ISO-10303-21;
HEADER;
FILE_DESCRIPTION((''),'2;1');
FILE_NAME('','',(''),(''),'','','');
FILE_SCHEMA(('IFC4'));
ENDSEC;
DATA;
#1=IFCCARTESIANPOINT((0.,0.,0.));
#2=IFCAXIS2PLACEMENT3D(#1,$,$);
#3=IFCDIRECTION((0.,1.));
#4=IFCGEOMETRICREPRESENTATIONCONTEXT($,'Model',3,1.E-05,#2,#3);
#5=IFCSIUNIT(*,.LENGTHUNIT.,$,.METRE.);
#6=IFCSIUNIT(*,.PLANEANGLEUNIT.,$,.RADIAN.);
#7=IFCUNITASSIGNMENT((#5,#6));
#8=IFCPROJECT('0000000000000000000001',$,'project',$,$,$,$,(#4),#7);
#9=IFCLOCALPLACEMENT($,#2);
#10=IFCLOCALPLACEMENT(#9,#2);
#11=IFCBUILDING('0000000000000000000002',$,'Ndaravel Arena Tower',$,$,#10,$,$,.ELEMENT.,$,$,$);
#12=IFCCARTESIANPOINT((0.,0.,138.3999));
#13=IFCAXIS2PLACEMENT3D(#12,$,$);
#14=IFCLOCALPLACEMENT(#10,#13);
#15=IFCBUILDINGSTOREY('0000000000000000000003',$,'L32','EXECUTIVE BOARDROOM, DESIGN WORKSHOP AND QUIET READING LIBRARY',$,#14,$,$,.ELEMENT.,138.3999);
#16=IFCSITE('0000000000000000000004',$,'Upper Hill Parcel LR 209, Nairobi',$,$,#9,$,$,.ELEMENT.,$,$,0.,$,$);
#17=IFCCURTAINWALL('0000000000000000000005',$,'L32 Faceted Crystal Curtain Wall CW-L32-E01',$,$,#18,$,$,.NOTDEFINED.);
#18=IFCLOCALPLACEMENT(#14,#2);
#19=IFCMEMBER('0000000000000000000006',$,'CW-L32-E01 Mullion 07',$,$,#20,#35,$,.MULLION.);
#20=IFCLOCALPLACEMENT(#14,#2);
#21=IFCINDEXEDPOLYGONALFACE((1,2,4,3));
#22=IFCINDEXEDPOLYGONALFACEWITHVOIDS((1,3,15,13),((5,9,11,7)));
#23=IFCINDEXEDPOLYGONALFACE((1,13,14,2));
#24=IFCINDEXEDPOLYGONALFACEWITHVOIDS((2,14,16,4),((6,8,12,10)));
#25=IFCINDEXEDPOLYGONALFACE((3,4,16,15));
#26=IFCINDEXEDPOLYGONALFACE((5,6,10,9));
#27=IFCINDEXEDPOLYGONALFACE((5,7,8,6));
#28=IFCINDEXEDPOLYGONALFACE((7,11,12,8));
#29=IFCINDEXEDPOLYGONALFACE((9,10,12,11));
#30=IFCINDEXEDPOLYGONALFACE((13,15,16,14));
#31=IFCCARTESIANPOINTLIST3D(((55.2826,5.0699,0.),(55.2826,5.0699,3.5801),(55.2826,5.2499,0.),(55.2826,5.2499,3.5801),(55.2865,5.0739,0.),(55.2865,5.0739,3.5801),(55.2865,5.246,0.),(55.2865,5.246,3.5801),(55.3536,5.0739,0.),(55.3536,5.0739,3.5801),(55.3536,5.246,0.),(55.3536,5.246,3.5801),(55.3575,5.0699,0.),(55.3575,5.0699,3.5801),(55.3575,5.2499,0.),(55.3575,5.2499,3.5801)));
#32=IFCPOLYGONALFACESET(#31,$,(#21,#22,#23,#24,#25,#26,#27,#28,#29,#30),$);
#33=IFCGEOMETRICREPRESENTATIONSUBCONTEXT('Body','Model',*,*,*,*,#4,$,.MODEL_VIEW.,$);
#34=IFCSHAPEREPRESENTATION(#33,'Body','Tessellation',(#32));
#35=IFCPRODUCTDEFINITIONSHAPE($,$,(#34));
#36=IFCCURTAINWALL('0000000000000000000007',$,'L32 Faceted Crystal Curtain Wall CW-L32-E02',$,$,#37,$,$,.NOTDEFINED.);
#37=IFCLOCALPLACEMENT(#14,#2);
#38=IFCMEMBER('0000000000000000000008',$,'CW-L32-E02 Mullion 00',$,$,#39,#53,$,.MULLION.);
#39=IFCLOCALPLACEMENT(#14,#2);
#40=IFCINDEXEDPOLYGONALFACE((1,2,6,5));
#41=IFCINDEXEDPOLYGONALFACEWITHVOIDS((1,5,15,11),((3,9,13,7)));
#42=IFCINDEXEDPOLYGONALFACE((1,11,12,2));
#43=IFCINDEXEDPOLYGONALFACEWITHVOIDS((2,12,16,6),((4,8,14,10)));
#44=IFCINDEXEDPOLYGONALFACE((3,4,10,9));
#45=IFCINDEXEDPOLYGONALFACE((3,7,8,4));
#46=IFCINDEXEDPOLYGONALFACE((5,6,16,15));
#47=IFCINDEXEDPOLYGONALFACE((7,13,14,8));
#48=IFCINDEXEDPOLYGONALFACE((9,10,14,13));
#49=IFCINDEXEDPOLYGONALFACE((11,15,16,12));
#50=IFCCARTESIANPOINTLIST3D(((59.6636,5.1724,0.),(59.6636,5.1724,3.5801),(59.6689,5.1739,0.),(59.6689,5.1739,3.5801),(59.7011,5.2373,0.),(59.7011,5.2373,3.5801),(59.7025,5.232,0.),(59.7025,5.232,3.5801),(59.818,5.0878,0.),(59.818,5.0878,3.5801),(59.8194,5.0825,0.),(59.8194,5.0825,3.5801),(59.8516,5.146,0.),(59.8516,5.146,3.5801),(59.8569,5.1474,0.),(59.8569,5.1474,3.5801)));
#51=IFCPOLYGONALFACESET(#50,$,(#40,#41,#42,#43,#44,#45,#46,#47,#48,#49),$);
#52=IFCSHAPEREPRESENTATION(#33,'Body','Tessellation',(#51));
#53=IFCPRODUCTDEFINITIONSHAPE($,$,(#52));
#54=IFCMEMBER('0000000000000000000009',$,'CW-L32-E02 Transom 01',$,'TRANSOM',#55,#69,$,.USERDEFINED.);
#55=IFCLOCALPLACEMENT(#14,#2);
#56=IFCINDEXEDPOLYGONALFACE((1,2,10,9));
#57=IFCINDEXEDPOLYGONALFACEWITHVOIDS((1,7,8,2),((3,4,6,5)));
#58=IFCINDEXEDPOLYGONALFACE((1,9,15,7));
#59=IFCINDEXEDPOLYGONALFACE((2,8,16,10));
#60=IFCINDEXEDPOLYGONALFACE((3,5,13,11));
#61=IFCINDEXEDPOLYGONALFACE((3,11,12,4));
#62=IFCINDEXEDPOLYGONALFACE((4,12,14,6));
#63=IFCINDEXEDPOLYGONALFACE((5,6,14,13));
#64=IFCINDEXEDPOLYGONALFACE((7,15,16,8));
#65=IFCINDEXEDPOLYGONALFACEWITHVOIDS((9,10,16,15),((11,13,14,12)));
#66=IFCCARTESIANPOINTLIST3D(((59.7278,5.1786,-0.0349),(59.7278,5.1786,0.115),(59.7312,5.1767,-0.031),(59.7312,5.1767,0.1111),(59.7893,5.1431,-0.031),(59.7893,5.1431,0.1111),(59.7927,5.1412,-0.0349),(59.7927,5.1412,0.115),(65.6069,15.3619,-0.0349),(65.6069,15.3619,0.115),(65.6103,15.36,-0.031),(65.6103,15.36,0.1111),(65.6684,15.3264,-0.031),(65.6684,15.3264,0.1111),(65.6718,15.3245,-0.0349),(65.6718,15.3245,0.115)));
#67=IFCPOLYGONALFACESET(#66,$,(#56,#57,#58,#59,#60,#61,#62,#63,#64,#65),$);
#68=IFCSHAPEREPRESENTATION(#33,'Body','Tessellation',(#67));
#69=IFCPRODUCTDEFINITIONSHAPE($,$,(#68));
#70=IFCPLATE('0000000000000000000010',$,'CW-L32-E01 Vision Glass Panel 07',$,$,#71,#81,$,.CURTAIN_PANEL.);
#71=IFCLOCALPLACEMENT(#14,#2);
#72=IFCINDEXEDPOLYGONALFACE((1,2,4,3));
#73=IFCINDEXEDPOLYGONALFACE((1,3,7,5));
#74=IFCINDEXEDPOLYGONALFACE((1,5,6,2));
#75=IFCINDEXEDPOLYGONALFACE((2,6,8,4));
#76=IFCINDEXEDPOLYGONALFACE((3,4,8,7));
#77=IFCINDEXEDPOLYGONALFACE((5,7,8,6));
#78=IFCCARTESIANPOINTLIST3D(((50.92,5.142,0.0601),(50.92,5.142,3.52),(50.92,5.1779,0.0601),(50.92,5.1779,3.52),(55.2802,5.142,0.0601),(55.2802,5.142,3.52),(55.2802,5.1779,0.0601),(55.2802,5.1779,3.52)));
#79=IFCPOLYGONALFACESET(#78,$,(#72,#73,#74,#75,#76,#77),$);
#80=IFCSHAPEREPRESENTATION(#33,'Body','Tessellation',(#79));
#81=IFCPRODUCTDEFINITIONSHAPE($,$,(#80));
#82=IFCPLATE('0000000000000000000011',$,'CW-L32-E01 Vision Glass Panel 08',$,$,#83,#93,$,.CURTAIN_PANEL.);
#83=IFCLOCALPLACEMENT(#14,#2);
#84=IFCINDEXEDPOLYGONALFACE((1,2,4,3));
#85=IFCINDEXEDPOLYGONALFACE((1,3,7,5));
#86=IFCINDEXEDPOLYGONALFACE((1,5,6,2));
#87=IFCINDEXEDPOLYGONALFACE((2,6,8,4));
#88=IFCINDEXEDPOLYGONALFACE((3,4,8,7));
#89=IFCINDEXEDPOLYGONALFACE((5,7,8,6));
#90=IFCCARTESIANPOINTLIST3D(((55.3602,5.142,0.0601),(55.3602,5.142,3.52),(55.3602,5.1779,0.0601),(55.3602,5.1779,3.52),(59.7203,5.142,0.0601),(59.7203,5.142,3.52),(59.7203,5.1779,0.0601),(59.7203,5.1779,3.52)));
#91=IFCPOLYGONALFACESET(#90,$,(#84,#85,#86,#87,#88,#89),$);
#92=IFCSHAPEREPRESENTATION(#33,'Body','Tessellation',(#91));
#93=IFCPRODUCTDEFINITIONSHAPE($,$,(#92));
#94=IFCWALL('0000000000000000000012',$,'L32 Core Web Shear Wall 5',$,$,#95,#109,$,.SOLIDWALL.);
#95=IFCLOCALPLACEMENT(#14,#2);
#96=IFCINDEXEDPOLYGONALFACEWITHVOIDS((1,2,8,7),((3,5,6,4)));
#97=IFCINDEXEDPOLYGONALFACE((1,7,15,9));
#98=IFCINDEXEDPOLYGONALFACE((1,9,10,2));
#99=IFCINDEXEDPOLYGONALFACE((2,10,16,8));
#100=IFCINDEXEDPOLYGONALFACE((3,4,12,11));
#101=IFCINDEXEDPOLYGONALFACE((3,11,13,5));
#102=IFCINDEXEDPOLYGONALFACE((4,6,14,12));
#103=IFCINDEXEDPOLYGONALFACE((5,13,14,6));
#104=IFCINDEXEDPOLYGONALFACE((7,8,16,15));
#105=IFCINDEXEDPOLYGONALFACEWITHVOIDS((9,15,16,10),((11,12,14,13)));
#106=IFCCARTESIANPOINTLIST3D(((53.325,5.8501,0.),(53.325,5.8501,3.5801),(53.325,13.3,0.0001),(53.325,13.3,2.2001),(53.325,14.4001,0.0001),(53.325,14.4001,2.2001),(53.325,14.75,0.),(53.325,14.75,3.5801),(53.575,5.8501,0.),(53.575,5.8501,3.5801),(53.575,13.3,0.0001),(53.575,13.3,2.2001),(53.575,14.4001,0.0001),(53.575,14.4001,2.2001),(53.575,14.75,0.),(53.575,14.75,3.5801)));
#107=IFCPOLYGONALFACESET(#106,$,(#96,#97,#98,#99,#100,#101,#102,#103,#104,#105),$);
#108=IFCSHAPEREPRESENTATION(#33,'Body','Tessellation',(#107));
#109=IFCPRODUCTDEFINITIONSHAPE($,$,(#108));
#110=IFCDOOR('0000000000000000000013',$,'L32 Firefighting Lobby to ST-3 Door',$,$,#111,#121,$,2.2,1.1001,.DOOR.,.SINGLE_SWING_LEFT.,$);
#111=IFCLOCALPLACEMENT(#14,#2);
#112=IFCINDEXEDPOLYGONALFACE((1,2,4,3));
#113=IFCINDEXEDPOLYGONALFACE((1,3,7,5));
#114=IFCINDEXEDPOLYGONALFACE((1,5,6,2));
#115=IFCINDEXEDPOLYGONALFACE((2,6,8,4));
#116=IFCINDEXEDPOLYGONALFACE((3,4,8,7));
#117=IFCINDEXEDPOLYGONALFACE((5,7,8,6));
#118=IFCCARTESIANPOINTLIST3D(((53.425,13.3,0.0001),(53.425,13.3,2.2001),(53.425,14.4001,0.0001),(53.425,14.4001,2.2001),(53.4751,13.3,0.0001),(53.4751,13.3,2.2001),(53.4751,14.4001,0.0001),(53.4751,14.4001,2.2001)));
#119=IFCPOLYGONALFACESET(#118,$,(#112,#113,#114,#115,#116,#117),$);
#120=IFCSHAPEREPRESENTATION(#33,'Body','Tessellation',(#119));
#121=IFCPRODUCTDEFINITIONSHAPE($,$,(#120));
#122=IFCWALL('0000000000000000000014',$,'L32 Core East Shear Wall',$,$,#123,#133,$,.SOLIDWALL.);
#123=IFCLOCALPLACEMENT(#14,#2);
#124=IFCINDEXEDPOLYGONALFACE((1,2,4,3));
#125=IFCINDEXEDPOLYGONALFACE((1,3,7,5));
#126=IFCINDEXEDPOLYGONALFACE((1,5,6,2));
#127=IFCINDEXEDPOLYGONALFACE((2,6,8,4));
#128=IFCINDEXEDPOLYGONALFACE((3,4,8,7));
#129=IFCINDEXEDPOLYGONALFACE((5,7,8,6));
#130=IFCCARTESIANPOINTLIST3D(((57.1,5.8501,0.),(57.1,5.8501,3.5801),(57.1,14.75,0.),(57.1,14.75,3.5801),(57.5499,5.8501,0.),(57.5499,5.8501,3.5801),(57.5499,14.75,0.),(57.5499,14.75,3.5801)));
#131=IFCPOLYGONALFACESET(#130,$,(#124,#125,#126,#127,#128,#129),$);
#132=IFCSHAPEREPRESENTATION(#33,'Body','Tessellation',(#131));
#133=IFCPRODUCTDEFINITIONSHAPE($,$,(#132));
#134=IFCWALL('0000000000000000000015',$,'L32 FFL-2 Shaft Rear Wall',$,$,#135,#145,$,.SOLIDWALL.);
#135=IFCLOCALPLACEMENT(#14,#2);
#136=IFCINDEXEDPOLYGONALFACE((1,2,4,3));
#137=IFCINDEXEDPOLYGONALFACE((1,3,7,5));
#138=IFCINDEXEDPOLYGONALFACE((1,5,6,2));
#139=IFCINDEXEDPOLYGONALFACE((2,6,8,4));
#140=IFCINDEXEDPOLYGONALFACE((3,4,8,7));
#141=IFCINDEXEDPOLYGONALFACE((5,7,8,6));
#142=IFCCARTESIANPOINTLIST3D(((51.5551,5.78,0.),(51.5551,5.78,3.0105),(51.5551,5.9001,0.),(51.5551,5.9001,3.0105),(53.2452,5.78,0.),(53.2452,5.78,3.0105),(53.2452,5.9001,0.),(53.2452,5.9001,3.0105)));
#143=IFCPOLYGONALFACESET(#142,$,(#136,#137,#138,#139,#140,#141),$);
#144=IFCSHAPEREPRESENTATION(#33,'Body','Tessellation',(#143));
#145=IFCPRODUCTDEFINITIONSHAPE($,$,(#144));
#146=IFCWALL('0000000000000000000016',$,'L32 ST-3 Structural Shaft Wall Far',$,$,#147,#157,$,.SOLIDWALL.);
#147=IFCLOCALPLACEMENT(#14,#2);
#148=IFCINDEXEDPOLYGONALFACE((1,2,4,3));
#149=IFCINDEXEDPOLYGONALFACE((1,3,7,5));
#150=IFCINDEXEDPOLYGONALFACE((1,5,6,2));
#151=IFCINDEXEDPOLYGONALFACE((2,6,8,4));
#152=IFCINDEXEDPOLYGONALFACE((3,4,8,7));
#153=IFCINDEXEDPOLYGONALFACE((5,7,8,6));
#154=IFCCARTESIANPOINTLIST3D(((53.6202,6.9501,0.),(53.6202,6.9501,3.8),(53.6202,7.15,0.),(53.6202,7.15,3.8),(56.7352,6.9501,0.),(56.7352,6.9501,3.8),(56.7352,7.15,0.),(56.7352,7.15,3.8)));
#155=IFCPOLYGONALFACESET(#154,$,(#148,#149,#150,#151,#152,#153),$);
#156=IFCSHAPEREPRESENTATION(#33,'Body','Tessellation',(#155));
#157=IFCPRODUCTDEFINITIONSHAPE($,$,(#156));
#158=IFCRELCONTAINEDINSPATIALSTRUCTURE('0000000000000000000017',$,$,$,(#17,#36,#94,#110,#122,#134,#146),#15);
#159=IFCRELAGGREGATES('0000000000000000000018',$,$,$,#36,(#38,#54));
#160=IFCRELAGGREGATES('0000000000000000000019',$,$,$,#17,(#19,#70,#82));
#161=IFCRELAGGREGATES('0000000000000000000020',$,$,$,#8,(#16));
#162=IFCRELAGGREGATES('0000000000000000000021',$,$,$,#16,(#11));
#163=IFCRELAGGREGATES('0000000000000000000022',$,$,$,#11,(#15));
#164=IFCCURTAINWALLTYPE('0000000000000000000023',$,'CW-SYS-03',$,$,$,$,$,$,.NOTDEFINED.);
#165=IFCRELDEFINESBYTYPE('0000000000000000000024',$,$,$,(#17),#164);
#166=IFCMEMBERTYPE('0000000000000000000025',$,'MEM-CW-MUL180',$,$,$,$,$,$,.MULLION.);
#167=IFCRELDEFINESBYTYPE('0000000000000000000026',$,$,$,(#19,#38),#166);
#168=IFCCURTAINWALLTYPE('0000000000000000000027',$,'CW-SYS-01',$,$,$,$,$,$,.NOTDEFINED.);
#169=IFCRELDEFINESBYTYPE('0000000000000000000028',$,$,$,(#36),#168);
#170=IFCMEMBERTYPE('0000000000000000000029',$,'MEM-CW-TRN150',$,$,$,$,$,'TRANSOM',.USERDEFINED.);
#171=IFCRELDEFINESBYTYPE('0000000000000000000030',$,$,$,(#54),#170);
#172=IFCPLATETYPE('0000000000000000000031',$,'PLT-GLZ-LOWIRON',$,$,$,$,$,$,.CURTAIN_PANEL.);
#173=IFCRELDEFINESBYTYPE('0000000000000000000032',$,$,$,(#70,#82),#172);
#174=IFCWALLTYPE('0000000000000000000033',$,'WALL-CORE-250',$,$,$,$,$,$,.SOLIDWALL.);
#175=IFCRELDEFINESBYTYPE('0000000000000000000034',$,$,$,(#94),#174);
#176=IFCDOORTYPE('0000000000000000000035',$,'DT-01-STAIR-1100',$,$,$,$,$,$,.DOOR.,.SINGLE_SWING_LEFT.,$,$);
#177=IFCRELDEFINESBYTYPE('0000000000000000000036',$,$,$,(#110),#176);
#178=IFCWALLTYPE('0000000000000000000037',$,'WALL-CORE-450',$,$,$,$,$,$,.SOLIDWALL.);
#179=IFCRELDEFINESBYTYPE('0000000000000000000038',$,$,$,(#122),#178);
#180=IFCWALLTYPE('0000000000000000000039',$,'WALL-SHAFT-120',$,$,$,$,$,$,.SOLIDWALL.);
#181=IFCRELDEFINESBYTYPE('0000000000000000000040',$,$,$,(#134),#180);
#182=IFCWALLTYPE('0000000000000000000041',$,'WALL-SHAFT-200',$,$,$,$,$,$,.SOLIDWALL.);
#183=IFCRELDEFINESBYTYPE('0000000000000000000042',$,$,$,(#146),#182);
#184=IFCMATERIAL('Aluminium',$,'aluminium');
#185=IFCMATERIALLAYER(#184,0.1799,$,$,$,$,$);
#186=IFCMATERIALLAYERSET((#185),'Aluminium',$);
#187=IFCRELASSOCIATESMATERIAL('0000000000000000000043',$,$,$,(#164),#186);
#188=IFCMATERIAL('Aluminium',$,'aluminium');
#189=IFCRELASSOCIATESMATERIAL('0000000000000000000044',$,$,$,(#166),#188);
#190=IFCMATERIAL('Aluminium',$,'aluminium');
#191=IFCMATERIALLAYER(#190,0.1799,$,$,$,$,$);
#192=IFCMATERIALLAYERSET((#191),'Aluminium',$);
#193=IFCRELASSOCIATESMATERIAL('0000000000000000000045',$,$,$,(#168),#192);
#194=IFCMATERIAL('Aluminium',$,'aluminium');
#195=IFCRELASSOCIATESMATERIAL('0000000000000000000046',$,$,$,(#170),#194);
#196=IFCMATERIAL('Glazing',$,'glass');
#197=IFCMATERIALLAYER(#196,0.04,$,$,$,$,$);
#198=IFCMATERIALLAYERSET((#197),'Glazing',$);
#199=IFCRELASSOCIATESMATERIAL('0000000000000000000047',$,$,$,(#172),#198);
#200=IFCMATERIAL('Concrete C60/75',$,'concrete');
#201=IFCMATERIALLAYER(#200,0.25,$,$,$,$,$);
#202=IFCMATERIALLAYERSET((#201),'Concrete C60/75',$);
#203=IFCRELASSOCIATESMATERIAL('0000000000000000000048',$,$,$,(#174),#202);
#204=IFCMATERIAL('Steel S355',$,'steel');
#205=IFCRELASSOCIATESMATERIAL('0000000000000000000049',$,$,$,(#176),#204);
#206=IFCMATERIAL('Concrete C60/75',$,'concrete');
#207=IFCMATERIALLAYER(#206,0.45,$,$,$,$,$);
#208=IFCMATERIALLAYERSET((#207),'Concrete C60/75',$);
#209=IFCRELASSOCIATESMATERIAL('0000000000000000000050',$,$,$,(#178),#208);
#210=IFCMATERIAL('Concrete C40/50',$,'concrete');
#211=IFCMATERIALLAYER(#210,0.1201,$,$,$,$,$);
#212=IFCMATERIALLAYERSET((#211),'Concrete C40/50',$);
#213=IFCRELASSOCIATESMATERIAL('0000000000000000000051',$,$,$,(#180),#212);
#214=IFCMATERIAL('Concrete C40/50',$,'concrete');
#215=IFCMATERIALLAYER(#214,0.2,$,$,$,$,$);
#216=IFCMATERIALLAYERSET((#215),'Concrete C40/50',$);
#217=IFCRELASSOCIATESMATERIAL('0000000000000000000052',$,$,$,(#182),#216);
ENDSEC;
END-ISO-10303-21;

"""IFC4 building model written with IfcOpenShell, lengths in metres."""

from ifc_helpers import new_model, si_unit, direction, frame, frame_2d, origin, origin_2d, place, context, subcontext, project, spatial, rectangle, hollow_rectangle, extrude, material, layer, layer_set, material_profile, profile_set, type_object, element, fill, aggregate, save


model = new_model("IFC4")

# Units and contexts
model_context = context("Model", 3, precision=1e-05, world=origin(), true_north=direction((0.0, 1.0)))
body_context = subcontext(model_context, "Body", "Model", "MODEL_VIEW")
ifc_project = project(units=[si_unit("LENGTHUNIT", "METRE"), si_unit("PLANEANGLEUNIT", "RADIAN")], contexts=[model_context])

# Site, building, storey
site_placement = place(None, origin())
site = spatial("IfcSite", under=ifc_project, at=site_placement, Name="Upper Hill Parcel LR 209, Nairobi", CompositionType="ELEMENT", RefElevation=0.0)
building_placement = place(site_placement, origin())
building = spatial("IfcBuilding", under=site, at=building_placement, Name="Ndaravel Arena Tower", CompositionType="ELEMENT")
storey_placement = place(building_placement, frame((0.0, 0.0, 138.3999)))
storey = spatial("IfcBuildingStorey", under=building, at=storey_placement, Name="L32", Description="EXECUTIVE BOARDROOM, DESIGN WORKSHOP AND QUIET READING LIBRARY", CompositionType="ELEMENT", Elevation=138.3999)

# Curtain wall, member
ifc_material_1 = material(Name="Aluminium", Category="aluminium")
ifc_layer_1 = layer(ifc_material_1, 0.1799)
ifc_layer_set_1 = layer_set([ifc_layer_1], Name="Aluminium")
curtain_wall_type_1 = type_object("IfcCurtainWallType", Name="CW-SYS-03", PredefinedType="NOTDEFINED", material=ifc_layer_set_1)
curtain_wall_1_placement = place(storey_placement, origin())
curtain_wall_1 = element("IfcCurtainWall", 1, at=curtain_wall_1_placement, inside=storey, type_object=curtain_wall_type_1, Name="L32 Faceted Crystal Curtain Wall CW-L32-E01", PredefinedType="NOTDEFINED")
ifc_material_2 = material(Name="Aluminium", Category="aluminium")
ifc_material_profile_1 = material_profile(ifc_material_2, hollow_rectangle(XDim=0.075, YDim=0.1799, WallThickness=0.0039, at=origin_2d()), Name="CW MULLION 75x180x4")
ifc_profile_set_1 = profile_set([ifc_material_profile_1], Name="Aluminium")
member_type_1 = type_object("IfcMemberType", Name="MEM-CW-MUL180", PredefinedType="MULLION", material=ifc_profile_set_1)
member_1_placement = place(storey_placement, frame((55.3201, 5.1599, 0.0), z_axis=(0.0, 0.0, 1.0), x_axis=(1.0, 0.0, 0.0)))
member_1 = element("IfcMember", 2, at=member_1_placement, type_object=member_type_1, Name="CW-L32-E01 Mullion 07", PredefinedType="MULLION", context=body_context, shape_type="SweptSolid", body=[
    extrude(hollow_rectangle(XDim=0.075, YDim=0.1799, WallThickness=0.0039, at=origin_2d()), origin(), (0.0, 0.0, 1.0), 3.5801),
])

# Curtain wall, members
ifc_material_3 = material(Name="Aluminium", Category="aluminium")
ifc_layer_2 = layer(ifc_material_3, 0.1799)
ifc_layer_set_2 = layer_set([ifc_layer_2], Name="Aluminium")
curtain_wall_type_2 = type_object("IfcCurtainWallType", Name="CW-SYS-01", PredefinedType="NOTDEFINED", material=ifc_layer_set_2)
curtain_wall_2_placement = place(storey_placement, origin())
curtain_wall_2 = element("IfcCurtainWall", 3, at=curtain_wall_2_placement, inside=storey, type_object=curtain_wall_type_2, Name="L32 Faceted Crystal Curtain Wall CW-L32-E02", PredefinedType="NOTDEFINED")
member_2_placement = place(storey_placement, frame((59.7603, 5.1599, 0.0), z_axis=(0.0, 0.0, 1.0), x_axis=(0.5, 0.866025, 0.0)))
member_2 = element("IfcMember", 4, at=member_2_placement, type_object=member_type_1, Name="CW-L32-E02 Mullion 00", PredefinedType="MULLION", context=body_context, shape_type="SweptSolid", body=[
    extrude(hollow_rectangle(XDim=0.075, YDim=0.1799, WallThickness=0.0039, at=origin_2d()), origin(), (0.0, 0.0, 1.0), 3.5801),
])
ifc_material_4 = material(Name="Aluminium", Category="aluminium")
ifc_material_profile_2 = material_profile(ifc_material_4, hollow_rectangle(XDim=0.075, YDim=0.1499, WallThickness=0.0039, at=origin_2d()), Name="CW TRANSOM 75x150x4")
ifc_profile_set_2 = profile_set([ifc_material_profile_2], Name="Aluminium")
member_type_2 = type_object("IfcMemberType", Name="MEM-CW-TRN150", ElementType="TRANSOM", PredefinedType="USERDEFINED", material=ifc_profile_set_2)
member_3_placement = place(storey_placement, frame((59.7603, 5.1599, 0.04), z_axis=(0.499987, 0.866033, 0.0), x_axis=(-0.866033, 0.499987, 0.0)))
member_3 = element("IfcMember", 5, at=member_3_placement, type_object=member_type_2, Name="CW-L32-E02 Transom 01", ObjectType="TRANSOM", PredefinedType="USERDEFINED", context=body_context, shape_type="SweptSolid", body=[
    extrude(hollow_rectangle(XDim=0.075, YDim=0.1499, WallThickness=0.0039, at=origin_2d()), origin(), (0.0, 0.0, 1.0), 11.7585),
])
aggregate(curtain_wall_2, [member_2, member_3])

# Plates
ifc_material_5 = material(Name="Glazing", Category="glass")
ifc_layer_3 = layer(ifc_material_5, 0.04)
ifc_layer_set_3 = layer_set([ifc_layer_3], Name="Glazing")
plate_type = type_object("IfcPlateType", Name="PLT-GLZ-LOWIRON", PredefinedType="CURTAIN_PANEL", material=ifc_layer_set_3)
plate_1_placement = place(storey_placement, frame((53.1001, 5.1599, 0.0601), z_axis=(0.0, 0.0, 1.0), x_axis=(1.0, 0.0, 0.0)))
plate_1 = element("IfcPlate", 6, at=plate_1_placement, type_object=plate_type, Name="CW-L32-E01 Vision Glass Panel 07", PredefinedType="CURTAIN_PANEL", context=body_context, shape_type="SweptSolid", body=[
    extrude(rectangle(XDim=4.3601, YDim=0.0359, at=origin_2d()), origin(), (0.0, 0.0, 1.0), 3.46),
])
plate_2_placement = place(storey_placement, frame((57.5403, 5.1599, 0.0601), z_axis=(0.0, 0.0, 1.0), x_axis=(1.0, 0.0, 0.0)))
plate_2 = element("IfcPlate", 7, at=plate_2_placement, type_object=plate_type, Name="CW-L32-E01 Vision Glass Panel 08", PredefinedType="CURTAIN_PANEL", context=body_context, shape_type="SweptSolid", body=[
    extrude(rectangle(XDim=4.3601, YDim=0.0359, at=origin_2d()), origin(), (0.0, 0.0, 1.0), 3.46),
])
aggregate(curtain_wall_1, [member_1, plate_1, plate_2])

# Wall, opening, door
ifc_material_6 = material(Name="Concrete C60/75", Category="concrete")
ifc_layer_4 = layer(ifc_material_6, 0.25)
ifc_layer_set_4 = layer_set([ifc_layer_4], Name="Concrete C60/75")
wall_type_1 = type_object("IfcWallType", Name="WALL-CORE-250", PredefinedType="SOLIDWALL", material=ifc_layer_set_4)
wall_1_placement = place(storey_placement, frame((53.45, 5.8501, 0.0), z_axis=(0.0, 0.0, 1.0), x_axis=(0.0, 1.0, 0.0)))
wall_1 = element("IfcWall", 8, at=wall_1_placement, inside=storey, type_object=wall_type_1, Name="L32 Core Web Shear Wall 5", PredefinedType="SOLIDWALL", context=body_context, shape_type="SweptSolid", body=[
    extrude(rectangle(XDim=8.8999, YDim=0.25, at=frame_2d((4.45, 0.0))), origin(), (0.0, 0.0, 1.0), 3.5801),
])
opening_1_placement = place(wall_1_placement, frame((7.45, 0.0, 0.0)))
opening_1 = element("IfcOpeningElement", 9, at=opening_1_placement, cuts=wall_1, PredefinedType="OPENING", context=body_context, shape_type="SweptSolid", body=[
    extrude(rectangle(XDim=1.1001, YDim=2.2, at=frame_2d((0.55, 1.1001))), frame((0.0, 0.125, 0.0), z_axis=(0.0, -1.0, 0.0), x_axis=(1.0, 0.0, 0.0)), (0.0, 0.0, 1.0), 0.25),
])
ifc_material_7 = material(Name="Steel S355", Category="steel")
door_type_1 = type_object("IfcDoorType", Name="DT-01-STAIR-1100", OperationType="SINGLE_SWING_LEFT", PredefinedType="DOOR", material=ifc_material_7)
door_1_placement = place(opening_1_placement, origin())
door_1 = element("IfcDoor", 10, at=door_1_placement, inside=storey, type_object=door_type_1, Name="L32 Firefighting Lobby to ST-3 Door", OperationType="SINGLE_SWING_LEFT", OverallHeight=2.2, OverallWidth=1.1001, PredefinedType="DOOR", context=body_context, shape_type="SweptSolid", body=[
    extrude(rectangle(XDim=1.1001, YDim=2.2, at=frame_2d((0.55, 1.1001))), frame((0.0, 0.0249, 0.0), z_axis=(0.0, -1.0, 0.0), x_axis=(1.0, 0.0, 0.0)), (0.0, 0.0, 1.0), 0.05),
])
fill(opening_1, door_1)

# Walls
ifc_material_8 = material(Name="Concrete C60/75", Category="concrete")
ifc_layer_5 = layer(ifc_material_8, 0.45)
ifc_layer_set_5 = layer_set([ifc_layer_5], Name="Concrete C60/75")
wall_type_2 = type_object("IfcWallType", Name="WALL-CORE-450", PredefinedType="SOLIDWALL", material=ifc_layer_set_5)
wall_2_placement = place(storey_placement, frame((57.325, 5.8501, 0.0), z_axis=(0.0, 0.0, 1.0), x_axis=(0.0, 1.0, 0.0)))
element("IfcWall", 11, at=wall_2_placement, inside=storey, type_object=wall_type_2, Name="L32 Core East Shear Wall", PredefinedType="SOLIDWALL", context=body_context, shape_type="SweptSolid", body=[
    extrude(rectangle(XDim=8.8999, YDim=0.45, at=frame_2d((4.45, 0.0))), origin(), (0.0, 0.0, 1.0), 3.5801),
])
ifc_material_9 = material(Name="Concrete C40/50", Category="concrete")
ifc_layer_6 = layer(ifc_material_9, 0.1201)
ifc_layer_set_6 = layer_set([ifc_layer_6], Name="Concrete C40/50")
wall_type_3 = type_object("IfcWallType", Name="WALL-SHAFT-120", PredefinedType="SOLIDWALL", material=ifc_layer_set_6)
wall_3_placement = place(storey_placement, frame((51.5549, 5.8401, 0.0), z_axis=(0.0, 0.0, 1.0), x_axis=(1.0, 0.0, 0.0)))
element("IfcWall", 12, at=wall_3_placement, inside=storey, type_object=wall_type_3, Name="L32 FFL-2 Shaft Rear Wall", PredefinedType="SOLIDWALL", context=body_context, shape_type="SweptSolid", body=[
    extrude(rectangle(XDim=1.6902, YDim=0.1201, at=frame_2d((0.8452, 0.0))), origin(), (0.0, 0.0, 1.0), 3.0105),
])
ifc_material_10 = material(Name="Concrete C40/50", Category="concrete")
ifc_layer_7 = layer(ifc_material_10, 0.2)
ifc_layer_set_7 = layer_set([ifc_layer_7], Name="Concrete C40/50")
wall_type_4 = type_object("IfcWallType", Name="WALL-SHAFT-200", PredefinedType="SOLIDWALL", material=ifc_layer_set_7)
wall_4_placement = place(storey_placement, frame((53.6201, 7.05, 0.0), z_axis=(0.0, 0.0, 1.0), x_axis=(1.0, 0.0, 0.0)))
element("IfcWall", 13, at=wall_4_placement, inside=storey, type_object=wall_type_4, Name="L32 ST-3 Structural Shaft Wall Far", PredefinedType="SOLIDWALL", context=body_context, shape_type="SweptSolid", body=[
    extrude(rectangle(XDim=3.115, YDim=0.2, at=frame_2d((1.5576, 0.0))), origin(), (0.0, 0.0, 1.0), 3.8),
])

save(model, "model.ifc")
